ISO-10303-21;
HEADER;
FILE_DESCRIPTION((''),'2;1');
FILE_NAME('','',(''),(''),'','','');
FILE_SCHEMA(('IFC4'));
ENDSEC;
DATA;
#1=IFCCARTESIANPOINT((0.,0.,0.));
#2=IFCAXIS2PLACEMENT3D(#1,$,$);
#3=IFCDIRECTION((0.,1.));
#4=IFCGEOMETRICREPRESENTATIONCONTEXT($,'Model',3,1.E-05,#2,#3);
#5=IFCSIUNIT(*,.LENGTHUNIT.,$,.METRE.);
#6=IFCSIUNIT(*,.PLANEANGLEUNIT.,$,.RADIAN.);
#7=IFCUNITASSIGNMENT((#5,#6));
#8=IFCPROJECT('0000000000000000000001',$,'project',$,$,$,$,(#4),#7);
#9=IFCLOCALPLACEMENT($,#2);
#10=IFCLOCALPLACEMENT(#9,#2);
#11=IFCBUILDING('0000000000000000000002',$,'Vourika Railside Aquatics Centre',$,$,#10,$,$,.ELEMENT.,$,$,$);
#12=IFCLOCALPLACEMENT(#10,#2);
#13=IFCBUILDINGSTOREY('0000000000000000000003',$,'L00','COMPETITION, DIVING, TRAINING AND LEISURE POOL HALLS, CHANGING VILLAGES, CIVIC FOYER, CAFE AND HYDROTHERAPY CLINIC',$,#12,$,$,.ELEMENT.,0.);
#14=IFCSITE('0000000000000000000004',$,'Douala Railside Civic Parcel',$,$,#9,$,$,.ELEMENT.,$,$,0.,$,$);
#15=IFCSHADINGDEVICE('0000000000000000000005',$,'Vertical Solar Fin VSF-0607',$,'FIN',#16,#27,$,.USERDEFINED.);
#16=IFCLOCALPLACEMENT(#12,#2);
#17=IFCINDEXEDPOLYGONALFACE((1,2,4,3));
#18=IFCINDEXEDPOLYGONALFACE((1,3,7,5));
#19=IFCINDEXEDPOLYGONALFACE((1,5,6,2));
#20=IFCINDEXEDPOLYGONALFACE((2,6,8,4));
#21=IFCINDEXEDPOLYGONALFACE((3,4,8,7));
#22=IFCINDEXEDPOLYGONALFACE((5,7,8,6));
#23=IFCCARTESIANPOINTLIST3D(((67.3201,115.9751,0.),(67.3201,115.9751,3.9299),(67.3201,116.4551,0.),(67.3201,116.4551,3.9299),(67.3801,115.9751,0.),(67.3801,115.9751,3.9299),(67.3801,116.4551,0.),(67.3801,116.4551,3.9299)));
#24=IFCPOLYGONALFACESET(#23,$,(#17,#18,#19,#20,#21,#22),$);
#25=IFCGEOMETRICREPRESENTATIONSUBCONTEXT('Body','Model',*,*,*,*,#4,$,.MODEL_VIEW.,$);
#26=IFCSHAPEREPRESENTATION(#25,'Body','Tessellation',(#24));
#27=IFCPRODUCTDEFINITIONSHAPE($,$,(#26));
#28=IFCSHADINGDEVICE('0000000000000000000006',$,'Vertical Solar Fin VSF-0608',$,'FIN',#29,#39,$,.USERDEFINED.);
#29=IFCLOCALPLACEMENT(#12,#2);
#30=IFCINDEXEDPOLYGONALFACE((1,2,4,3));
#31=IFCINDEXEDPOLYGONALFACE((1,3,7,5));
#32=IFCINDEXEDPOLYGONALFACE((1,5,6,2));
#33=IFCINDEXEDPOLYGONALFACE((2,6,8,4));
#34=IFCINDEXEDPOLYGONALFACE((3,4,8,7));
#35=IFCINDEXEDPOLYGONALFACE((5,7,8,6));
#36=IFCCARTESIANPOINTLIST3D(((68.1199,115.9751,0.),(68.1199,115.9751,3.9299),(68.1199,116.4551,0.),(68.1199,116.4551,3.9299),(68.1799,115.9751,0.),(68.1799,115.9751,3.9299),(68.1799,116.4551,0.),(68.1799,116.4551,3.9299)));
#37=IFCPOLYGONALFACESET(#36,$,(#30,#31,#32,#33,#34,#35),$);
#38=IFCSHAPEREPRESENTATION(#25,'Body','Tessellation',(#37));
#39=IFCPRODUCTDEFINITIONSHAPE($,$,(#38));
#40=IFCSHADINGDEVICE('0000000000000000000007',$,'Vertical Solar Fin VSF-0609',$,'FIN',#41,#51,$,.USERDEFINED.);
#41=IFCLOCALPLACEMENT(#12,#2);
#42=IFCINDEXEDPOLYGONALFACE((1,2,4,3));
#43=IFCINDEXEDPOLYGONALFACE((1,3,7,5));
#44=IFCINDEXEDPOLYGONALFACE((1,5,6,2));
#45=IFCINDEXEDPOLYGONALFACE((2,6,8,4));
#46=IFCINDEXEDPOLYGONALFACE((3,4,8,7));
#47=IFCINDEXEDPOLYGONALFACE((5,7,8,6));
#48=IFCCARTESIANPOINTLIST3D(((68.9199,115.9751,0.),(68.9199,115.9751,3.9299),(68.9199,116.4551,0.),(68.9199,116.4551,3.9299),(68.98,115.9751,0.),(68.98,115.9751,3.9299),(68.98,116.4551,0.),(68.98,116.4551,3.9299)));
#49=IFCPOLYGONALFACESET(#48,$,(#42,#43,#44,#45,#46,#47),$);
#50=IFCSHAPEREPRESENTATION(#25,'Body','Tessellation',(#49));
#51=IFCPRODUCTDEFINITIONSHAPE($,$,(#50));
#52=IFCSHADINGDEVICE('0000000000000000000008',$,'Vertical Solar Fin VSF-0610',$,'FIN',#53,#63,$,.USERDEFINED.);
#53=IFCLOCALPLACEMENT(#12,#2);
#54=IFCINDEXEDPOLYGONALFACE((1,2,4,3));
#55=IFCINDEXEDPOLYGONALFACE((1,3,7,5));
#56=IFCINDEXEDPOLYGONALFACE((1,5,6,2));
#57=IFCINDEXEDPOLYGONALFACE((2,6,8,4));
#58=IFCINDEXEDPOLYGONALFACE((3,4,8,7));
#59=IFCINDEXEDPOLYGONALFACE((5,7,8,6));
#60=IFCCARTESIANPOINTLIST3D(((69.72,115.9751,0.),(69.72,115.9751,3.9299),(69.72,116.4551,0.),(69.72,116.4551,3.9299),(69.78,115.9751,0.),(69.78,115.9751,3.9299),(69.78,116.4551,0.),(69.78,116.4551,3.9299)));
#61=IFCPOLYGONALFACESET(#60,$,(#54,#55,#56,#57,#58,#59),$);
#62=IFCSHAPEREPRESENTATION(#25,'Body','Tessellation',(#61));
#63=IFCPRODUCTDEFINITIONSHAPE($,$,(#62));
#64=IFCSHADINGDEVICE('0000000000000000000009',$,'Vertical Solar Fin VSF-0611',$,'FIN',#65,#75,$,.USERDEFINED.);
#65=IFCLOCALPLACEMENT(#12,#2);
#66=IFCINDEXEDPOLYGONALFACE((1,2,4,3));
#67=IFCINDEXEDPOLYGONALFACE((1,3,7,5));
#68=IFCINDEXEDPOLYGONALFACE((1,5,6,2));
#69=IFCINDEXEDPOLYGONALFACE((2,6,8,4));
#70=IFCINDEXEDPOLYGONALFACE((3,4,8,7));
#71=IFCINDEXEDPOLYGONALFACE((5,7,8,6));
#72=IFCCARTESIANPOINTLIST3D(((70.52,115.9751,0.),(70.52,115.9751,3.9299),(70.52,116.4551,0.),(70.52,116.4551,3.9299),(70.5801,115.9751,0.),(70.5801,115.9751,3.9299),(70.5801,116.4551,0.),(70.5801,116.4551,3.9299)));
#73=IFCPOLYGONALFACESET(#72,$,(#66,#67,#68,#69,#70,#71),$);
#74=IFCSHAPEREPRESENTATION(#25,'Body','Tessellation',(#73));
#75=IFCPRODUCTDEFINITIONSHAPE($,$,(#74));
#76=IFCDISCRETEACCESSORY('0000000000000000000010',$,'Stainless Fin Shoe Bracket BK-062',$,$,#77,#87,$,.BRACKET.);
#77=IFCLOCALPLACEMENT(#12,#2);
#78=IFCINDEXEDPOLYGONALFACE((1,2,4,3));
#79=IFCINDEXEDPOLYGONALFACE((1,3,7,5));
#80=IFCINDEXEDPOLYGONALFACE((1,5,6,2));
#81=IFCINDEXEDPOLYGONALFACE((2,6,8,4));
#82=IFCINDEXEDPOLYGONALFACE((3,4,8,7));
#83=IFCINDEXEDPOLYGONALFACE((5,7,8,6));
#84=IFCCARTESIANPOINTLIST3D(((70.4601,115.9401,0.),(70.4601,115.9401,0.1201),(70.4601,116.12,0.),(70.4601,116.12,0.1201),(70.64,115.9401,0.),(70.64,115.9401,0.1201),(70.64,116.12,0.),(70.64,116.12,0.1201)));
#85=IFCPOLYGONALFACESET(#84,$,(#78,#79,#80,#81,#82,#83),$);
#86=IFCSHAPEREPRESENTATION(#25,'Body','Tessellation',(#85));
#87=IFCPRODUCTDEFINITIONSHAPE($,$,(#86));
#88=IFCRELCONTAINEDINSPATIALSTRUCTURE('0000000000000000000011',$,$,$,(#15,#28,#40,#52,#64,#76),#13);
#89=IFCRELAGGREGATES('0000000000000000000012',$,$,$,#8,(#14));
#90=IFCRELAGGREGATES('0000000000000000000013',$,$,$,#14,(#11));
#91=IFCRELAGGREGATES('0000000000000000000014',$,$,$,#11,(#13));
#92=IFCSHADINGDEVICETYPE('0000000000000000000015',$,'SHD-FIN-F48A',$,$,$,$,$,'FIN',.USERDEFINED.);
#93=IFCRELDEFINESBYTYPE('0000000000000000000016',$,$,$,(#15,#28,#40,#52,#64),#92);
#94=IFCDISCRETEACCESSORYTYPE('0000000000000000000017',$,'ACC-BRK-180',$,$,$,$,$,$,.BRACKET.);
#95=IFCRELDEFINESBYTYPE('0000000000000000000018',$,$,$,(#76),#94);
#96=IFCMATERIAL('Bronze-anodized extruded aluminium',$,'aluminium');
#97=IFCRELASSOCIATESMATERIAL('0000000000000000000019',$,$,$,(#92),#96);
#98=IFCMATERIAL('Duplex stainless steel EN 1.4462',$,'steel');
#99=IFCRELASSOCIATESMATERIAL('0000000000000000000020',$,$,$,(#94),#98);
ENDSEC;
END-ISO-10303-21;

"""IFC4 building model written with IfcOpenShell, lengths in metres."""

from ifc_helpers import new_model, si_unit, direction, frame, origin, origin_2d, place, context, subcontext, project, spatial, rectangle, extrude, material, material_profile, profile_set, type_object, element, save


model = new_model("IFC4")

# Units and contexts
model_context = context("Model", 3, precision=1e-05, world=origin(), true_north=direction((0.0, 1.0)))
body_context = subcontext(model_context, "Body", "Model", "MODEL_VIEW")
ifc_project = project(units=[si_unit("LENGTHUNIT", "METRE"), si_unit("PLANEANGLEUNIT", "RADIAN")], contexts=[model_context])

# Site, building, storey
site_placement = place(None, origin())
site = spatial("IfcSite", under=ifc_project, at=site_placement, Name="Douala Railside Civic Parcel", CompositionType="ELEMENT", RefElevation=0.0)
building_placement = place(site_placement, origin())
building = spatial("IfcBuilding", under=site, at=building_placement, Name="Vourika Railside Aquatics Centre", CompositionType="ELEMENT")
storey_placement = place(building_placement, origin())
storey = spatial("IfcBuildingStorey", under=building, at=storey_placement, Name="L00", Description="COMPETITION, DIVING, TRAINING AND LEISURE POOL HALLS, CHANGING VILLAGES, CIVIC FOYER, CAFE AND HYDROTHERAPY CLINIC", CompositionType="ELEMENT", Elevation=0.0)

# Shading devices
ifc_material_1 = material(Name="Bronze-anodized extruded aluminium", Category="aluminium")
ifc_material_profile_1 = material_profile(ifc_material_1, rectangle(XDim=0.0601, YDim=0.48, at=origin_2d()), Name="ALU-FIN 60x480")
ifc_profile_set_1 = profile_set([ifc_material_profile_1], Name="Bronze-anodized extruded aluminium")
shading_device_type = type_object("IfcShadingDeviceType", Name="SHD-FIN-F48A", ElementType="FIN", PredefinedType="USERDEFINED", material=ifc_profile_set_1)
for number, where, z_axis, x_axis, name in (
    (1, (67.3501, 116.2151, 0.0), (0.0, 0.0, 1.0), (1.0, 0.0, 0.0), "Vertical Solar Fin VSF-0607"),
    (2, (68.1499, 116.2151, 0.0), (0.0, 0.0, 1.0), (1.0, 0.0, 0.0), "Vertical Solar Fin VSF-0608"),
    (3, (68.95, 116.2151, 0.0), (0.0, 0.0, 1.0), (1.0, 0.0, 0.0), "Vertical Solar Fin VSF-0609"),
    (4, (69.75, 116.2151, 0.0), (0.0, 0.0, 1.0), (1.0, 0.0, 0.0), "Vertical Solar Fin VSF-0610"),
    (5, (70.55, 116.2151, 0.0), (0.0, 0.0, 1.0), (1.0, 0.0, 0.0), "Vertical Solar Fin VSF-0611"),
):
    element("IfcShadingDevice", number, at=place(storey_placement, frame(where, z_axis=z_axis, x_axis=x_axis)), inside=storey, type_object=shading_device_type, Name=name, ObjectType="FIN", PredefinedType="USERDEFINED", context=body_context, shape_type="SweptSolid", body=[
        extrude(rectangle(XDim=0.0601, YDim=0.48, at=origin_2d()), origin(), (0.0, 0.0, 1.0), 3.9299),
    ])

# Discrete accessory
ifc_material_2 = material(Name="Duplex stainless steel EN 1.4462", Category="steel")
discrete_accessory_type = type_object("IfcDiscreteAccessoryType", Name="ACC-BRK-180", PredefinedType="BRACKET", material=ifc_material_2)
discrete_accessory_placement = place(storey_placement, frame((70.55, 116.03, 0.0), z_axis=(0.0, 0.0, 1.0), x_axis=(0.0, 1.0, 0.0)))
element("IfcDiscreteAccessory", 6, at=discrete_accessory_placement, inside=storey, type_object=discrete_accessory_type, Name="Stainless Fin Shoe Bracket BK-062", PredefinedType="BRACKET", context=body_context, shape_type="SweptSolid", body=[
    extrude(rectangle(XDim=0.1799, YDim=0.1799, at=origin_2d()), origin(), (0.0, 0.0, 1.0), 0.1201),
])

save(model, "model.ifc")
